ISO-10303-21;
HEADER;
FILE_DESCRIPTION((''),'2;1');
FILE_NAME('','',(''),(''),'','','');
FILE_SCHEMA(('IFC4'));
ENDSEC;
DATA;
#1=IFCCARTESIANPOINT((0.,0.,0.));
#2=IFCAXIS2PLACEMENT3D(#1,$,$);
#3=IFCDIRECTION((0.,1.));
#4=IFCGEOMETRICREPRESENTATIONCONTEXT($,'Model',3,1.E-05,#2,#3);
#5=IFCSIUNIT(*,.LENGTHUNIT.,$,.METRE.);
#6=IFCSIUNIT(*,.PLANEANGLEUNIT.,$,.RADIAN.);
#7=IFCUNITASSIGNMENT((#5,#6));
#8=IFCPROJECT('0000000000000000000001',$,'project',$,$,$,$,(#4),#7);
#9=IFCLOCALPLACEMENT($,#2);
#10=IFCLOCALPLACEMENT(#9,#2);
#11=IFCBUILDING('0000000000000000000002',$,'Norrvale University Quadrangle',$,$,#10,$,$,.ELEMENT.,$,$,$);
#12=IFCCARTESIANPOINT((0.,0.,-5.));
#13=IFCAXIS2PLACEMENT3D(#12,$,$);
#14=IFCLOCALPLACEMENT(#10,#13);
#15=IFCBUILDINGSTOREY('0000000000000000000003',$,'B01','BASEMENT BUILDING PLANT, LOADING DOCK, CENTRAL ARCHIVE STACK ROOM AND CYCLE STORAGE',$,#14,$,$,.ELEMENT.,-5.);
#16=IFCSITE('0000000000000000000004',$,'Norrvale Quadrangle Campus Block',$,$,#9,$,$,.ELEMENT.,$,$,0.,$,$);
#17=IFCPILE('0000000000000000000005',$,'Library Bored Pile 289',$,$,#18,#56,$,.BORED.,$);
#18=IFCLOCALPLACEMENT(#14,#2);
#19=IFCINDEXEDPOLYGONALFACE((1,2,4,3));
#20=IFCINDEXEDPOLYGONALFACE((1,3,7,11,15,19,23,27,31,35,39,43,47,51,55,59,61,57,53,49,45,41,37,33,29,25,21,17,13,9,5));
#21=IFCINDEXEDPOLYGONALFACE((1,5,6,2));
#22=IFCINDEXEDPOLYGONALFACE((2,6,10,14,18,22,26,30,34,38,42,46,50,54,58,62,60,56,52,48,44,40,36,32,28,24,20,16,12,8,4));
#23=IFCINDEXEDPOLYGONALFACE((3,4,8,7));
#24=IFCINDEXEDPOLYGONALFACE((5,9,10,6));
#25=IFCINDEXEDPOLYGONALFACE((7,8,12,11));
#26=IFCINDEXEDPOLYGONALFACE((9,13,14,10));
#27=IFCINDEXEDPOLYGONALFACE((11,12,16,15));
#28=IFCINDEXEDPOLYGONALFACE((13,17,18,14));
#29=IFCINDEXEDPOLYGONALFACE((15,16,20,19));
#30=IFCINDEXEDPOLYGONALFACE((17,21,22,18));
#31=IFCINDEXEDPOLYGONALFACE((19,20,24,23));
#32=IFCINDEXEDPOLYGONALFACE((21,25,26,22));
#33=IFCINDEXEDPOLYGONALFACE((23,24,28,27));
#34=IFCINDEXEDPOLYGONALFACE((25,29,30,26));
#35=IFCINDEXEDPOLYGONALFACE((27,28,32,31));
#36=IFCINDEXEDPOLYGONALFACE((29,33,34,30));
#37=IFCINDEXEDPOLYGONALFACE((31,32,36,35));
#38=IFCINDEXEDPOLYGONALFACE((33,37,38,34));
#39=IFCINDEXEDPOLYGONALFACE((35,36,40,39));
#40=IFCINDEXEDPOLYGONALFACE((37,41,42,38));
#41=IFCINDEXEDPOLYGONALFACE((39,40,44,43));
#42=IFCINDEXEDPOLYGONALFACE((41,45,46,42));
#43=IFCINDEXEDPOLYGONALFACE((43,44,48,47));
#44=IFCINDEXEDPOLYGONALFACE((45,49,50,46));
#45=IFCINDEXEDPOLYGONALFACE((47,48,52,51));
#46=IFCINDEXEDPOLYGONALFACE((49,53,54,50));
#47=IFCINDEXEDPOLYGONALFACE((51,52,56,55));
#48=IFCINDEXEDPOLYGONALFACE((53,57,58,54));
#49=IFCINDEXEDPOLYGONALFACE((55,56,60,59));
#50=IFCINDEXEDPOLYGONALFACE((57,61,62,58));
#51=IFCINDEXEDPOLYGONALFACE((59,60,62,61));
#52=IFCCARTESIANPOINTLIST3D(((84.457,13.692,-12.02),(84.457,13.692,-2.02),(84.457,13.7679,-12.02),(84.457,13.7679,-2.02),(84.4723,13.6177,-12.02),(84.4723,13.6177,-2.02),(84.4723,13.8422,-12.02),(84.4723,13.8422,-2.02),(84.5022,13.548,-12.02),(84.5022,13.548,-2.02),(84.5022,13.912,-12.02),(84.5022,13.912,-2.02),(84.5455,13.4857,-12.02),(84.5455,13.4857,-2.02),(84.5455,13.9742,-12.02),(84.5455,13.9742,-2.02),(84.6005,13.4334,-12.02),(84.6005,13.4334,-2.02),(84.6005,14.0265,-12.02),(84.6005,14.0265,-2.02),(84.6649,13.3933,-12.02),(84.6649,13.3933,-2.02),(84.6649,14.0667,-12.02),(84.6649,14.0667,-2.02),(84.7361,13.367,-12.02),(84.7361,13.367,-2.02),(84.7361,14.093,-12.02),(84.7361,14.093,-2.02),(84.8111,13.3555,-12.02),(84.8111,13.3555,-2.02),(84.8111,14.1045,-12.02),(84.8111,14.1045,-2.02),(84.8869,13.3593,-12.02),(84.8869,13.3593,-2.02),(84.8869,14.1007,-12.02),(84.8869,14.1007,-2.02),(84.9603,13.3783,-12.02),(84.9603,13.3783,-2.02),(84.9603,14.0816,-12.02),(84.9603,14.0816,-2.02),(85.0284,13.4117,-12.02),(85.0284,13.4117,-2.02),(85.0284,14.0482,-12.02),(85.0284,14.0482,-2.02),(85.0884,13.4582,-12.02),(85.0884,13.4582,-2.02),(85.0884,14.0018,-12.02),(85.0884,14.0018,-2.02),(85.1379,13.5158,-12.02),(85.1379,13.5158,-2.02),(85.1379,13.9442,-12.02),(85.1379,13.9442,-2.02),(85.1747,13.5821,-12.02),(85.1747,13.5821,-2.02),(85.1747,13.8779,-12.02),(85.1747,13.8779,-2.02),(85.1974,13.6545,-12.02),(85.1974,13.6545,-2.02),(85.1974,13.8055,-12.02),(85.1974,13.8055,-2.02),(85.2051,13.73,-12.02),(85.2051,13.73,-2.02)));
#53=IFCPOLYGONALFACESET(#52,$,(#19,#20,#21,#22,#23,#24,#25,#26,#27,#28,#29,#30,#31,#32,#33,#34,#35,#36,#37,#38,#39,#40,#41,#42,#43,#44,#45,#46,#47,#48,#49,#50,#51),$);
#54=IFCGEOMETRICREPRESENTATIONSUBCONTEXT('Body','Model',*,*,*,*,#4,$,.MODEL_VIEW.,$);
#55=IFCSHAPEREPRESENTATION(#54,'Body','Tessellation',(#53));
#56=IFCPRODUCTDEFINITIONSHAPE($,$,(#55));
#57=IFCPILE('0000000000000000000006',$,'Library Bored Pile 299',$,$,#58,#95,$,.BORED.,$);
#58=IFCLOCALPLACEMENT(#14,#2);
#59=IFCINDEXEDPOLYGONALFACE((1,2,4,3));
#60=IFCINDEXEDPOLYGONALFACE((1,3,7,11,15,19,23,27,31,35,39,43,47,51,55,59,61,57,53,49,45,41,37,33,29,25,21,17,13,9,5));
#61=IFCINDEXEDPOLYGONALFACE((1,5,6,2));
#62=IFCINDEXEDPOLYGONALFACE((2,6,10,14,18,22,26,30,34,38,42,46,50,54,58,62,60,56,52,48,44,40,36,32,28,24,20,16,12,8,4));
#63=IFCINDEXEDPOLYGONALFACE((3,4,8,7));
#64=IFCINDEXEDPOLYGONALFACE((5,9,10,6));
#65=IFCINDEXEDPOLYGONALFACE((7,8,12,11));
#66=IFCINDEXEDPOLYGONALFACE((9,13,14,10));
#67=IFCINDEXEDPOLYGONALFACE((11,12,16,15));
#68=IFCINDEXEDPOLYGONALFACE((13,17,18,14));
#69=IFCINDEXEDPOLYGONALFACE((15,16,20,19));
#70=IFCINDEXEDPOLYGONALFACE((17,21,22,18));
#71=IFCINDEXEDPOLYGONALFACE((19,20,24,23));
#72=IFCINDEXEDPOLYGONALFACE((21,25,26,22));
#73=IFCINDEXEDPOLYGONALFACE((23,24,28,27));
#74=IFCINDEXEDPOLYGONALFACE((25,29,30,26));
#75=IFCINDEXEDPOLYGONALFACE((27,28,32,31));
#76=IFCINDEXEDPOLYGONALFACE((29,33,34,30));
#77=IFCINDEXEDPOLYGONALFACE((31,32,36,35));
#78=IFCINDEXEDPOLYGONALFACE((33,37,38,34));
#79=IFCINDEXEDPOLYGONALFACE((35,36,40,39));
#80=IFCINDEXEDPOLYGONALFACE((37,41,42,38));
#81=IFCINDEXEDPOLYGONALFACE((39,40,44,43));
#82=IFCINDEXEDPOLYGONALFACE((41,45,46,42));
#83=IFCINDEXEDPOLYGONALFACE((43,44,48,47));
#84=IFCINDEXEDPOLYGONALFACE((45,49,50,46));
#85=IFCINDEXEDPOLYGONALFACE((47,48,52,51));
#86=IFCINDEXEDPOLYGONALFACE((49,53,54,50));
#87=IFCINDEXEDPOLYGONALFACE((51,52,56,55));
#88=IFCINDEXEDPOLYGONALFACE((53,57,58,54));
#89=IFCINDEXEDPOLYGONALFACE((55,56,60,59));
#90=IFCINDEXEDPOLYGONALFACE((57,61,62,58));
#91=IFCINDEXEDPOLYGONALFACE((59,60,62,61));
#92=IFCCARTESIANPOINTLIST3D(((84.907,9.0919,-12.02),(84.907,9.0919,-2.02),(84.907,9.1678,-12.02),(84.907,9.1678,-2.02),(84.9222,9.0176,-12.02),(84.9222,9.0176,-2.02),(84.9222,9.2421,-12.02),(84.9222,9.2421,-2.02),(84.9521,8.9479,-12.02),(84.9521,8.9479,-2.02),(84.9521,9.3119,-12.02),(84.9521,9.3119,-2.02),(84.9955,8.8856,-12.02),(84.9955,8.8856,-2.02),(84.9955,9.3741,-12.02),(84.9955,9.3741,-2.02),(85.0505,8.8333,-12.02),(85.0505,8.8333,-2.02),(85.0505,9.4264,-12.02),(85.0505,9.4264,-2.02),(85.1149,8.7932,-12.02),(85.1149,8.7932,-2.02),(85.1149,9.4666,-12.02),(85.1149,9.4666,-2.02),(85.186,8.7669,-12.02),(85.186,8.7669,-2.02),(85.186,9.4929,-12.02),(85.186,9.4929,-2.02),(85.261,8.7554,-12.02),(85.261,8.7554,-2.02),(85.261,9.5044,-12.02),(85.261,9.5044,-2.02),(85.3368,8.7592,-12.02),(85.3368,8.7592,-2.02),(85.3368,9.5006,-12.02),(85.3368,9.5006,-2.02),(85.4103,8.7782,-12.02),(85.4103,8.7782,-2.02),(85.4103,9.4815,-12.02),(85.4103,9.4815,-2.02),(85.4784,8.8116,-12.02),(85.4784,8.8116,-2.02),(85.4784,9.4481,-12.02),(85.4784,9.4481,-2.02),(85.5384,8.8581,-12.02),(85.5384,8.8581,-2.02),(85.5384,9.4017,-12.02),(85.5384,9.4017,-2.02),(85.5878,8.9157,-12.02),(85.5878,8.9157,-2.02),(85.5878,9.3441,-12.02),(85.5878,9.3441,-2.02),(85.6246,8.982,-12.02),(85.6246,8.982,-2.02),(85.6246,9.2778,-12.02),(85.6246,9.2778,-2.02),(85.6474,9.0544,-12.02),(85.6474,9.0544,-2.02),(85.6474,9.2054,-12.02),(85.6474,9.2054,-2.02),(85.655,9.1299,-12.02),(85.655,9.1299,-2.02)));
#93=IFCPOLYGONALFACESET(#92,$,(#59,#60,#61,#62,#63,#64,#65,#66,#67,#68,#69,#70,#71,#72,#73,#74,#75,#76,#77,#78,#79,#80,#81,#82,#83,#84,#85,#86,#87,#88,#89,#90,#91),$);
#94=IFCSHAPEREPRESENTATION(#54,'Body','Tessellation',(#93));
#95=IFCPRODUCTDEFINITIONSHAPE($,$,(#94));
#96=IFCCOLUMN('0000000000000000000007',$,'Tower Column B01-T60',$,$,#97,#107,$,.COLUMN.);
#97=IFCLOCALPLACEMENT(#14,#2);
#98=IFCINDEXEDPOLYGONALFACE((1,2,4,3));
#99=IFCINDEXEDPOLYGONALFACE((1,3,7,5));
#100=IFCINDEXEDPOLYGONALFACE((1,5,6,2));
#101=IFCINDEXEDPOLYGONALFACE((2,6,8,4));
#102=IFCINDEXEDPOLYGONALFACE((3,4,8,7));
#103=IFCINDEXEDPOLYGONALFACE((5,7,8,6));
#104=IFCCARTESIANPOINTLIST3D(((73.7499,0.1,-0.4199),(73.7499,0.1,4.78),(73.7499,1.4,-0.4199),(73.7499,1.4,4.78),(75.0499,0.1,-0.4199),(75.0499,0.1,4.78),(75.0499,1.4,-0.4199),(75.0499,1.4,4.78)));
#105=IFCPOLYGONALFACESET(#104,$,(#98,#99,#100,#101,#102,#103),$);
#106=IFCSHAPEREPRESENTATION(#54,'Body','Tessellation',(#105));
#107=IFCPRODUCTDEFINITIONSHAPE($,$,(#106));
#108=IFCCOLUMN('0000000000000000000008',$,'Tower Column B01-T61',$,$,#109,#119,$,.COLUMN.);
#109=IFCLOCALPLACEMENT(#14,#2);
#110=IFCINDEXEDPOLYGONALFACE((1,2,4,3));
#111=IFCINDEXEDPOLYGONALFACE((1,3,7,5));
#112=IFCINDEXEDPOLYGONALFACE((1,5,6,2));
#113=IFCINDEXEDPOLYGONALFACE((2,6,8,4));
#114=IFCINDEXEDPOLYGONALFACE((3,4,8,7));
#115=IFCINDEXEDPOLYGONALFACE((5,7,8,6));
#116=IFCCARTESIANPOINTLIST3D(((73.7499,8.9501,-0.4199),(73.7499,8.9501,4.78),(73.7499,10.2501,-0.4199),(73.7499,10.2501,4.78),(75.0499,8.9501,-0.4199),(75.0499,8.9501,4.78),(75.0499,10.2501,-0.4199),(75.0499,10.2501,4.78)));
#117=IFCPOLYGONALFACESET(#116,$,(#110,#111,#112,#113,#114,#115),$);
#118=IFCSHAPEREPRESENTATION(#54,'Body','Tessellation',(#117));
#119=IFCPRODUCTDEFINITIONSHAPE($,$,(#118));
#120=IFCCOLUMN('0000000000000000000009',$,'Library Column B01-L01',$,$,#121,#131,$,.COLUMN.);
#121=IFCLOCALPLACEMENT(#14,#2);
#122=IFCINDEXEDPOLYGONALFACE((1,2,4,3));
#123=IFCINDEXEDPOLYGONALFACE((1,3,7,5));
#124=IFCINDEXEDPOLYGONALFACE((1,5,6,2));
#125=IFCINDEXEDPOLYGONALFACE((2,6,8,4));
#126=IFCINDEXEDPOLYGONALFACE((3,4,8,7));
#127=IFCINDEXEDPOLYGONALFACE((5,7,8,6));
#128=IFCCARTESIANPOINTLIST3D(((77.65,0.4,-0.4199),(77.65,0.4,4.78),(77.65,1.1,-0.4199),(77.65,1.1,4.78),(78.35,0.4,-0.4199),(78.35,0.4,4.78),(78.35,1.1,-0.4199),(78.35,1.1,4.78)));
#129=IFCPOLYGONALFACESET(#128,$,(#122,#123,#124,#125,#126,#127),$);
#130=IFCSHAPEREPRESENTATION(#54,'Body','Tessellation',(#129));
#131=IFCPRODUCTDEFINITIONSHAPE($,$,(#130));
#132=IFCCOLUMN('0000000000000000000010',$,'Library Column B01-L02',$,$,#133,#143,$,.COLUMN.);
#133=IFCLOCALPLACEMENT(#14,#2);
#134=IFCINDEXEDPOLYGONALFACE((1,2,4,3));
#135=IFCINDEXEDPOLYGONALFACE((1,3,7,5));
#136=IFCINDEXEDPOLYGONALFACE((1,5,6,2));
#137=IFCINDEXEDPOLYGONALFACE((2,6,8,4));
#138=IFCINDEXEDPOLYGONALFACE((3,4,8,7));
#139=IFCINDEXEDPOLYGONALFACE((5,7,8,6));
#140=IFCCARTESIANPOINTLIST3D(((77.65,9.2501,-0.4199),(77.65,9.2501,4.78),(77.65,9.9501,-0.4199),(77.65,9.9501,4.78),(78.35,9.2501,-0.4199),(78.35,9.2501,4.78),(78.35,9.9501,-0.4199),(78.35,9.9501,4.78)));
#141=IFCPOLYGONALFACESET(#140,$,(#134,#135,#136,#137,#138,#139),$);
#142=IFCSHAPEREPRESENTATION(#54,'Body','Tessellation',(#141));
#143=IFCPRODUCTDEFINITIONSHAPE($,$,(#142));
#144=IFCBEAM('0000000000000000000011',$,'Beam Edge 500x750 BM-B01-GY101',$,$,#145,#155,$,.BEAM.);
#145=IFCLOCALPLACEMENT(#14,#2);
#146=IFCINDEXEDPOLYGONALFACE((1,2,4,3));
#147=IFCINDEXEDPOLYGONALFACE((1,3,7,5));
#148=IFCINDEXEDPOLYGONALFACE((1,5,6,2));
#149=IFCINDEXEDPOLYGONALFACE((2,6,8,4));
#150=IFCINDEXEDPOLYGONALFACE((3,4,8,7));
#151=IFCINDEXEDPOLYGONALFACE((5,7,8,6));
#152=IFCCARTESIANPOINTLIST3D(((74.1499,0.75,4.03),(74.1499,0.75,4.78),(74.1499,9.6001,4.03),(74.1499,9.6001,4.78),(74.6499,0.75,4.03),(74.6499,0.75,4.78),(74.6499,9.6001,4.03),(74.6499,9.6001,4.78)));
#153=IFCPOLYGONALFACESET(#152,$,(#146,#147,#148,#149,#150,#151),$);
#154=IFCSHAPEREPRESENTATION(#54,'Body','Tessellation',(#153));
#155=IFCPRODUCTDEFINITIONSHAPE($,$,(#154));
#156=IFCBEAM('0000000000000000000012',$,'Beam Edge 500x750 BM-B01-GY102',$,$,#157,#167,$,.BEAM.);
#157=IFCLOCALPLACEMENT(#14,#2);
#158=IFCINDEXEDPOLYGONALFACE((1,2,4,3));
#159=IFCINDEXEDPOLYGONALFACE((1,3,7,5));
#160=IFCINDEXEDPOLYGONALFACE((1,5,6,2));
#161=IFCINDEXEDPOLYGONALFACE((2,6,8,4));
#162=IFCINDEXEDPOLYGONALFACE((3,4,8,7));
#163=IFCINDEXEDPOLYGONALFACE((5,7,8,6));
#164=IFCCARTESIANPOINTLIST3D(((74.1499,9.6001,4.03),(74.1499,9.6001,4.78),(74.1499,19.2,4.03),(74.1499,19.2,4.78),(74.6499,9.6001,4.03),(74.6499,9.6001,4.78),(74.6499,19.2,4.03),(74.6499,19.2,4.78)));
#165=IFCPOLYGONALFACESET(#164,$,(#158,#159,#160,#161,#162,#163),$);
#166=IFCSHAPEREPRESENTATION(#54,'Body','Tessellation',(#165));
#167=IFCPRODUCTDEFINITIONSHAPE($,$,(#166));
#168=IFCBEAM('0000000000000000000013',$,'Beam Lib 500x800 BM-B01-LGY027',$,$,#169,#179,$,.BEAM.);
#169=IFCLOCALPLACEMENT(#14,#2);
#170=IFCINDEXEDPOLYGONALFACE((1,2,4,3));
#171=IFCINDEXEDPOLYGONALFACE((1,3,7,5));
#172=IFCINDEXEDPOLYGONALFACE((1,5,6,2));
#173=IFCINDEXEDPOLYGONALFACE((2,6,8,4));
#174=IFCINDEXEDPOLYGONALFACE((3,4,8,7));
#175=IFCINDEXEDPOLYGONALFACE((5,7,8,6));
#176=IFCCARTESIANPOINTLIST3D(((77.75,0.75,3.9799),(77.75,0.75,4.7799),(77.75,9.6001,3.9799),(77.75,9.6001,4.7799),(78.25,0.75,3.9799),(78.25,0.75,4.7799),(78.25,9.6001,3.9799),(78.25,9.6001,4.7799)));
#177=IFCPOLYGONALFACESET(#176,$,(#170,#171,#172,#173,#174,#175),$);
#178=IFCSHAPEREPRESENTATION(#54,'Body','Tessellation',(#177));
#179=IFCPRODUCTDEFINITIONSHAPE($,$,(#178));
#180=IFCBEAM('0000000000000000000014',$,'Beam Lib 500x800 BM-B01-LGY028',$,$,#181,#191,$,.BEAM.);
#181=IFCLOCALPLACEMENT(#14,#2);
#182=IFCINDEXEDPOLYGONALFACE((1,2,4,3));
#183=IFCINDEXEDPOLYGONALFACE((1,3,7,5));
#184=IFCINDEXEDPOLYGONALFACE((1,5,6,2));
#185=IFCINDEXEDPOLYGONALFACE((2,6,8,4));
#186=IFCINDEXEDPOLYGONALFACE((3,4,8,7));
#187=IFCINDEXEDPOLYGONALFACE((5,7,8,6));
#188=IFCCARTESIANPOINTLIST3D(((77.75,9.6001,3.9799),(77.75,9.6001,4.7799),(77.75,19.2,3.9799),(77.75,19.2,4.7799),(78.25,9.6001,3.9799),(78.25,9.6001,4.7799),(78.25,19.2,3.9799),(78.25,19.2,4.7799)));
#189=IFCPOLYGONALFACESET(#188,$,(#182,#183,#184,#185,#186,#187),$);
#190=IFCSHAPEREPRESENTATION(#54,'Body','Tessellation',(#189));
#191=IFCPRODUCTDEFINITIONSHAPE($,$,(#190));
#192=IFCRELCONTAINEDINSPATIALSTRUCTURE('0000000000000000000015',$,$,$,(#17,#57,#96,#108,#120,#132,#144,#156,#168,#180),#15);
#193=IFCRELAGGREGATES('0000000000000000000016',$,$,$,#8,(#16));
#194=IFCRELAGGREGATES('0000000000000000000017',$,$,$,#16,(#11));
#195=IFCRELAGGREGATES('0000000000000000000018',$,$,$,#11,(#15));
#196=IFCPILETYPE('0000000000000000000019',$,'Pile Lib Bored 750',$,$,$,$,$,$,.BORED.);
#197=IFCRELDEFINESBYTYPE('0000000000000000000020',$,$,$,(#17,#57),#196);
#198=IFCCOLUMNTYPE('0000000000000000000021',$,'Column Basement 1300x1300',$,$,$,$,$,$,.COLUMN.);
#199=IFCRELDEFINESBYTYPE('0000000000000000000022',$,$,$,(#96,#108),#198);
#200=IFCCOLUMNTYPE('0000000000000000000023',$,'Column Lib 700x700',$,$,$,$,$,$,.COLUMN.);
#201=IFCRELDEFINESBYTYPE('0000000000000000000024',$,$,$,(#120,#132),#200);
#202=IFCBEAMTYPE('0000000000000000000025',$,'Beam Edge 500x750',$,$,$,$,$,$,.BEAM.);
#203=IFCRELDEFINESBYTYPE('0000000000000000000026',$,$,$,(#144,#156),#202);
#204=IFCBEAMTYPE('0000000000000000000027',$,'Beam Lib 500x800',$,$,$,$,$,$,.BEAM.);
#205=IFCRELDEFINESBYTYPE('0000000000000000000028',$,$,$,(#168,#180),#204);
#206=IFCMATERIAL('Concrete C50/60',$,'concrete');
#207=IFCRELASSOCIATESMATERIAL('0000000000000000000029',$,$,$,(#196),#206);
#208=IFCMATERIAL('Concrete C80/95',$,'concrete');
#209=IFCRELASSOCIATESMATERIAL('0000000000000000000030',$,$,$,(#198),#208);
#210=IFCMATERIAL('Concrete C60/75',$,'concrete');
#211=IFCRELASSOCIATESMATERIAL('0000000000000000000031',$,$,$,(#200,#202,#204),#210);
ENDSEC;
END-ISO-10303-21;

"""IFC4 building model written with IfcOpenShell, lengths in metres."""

from ifc_helpers import new_model, si_unit, direction, frame, origin, origin_2d, place, context, subcontext, project, spatial, rectangle, circle, extrude, material, material_profile, profile_set, type_object, element, save


model = new_model("IFC4")

# Units and contexts
model_context = context("Model", 3, precision=1e-05, world=origin(), true_north=direction((0.0, 1.0)))
body_context = subcontext(model_context, "Body", "Model", "MODEL_VIEW")
ifc_project = project(units=[si_unit("LENGTHUNIT", "METRE"), si_unit("PLANEANGLEUNIT", "RADIAN")], contexts=[model_context])

# Site, building, storey
site_placement = place(None, origin())
site = spatial("IfcSite", under=ifc_project, at=site_placement, Name="Norrvale Quadrangle Campus Block", CompositionType="ELEMENT", RefElevation=0.0)
building_placement = place(site_placement, origin())
building = spatial("IfcBuilding", under=site, at=building_placement, Name="Norrvale University Quadrangle", CompositionType="ELEMENT")
storey_placement = place(building_placement, frame((0.0, 0.0, -5.0)))
storey = spatial("IfcBuildingStorey", under=building, at=storey_placement, Name="B01", Description="BASEMENT BUILDING PLANT, LOADING DOCK, CENTRAL ARCHIVE STACK ROOM AND CYCLE STORAGE", CompositionType="ELEMENT", Elevation=-5.0)

# Shared definitions
ifc_material_1 = material(Name="Concrete C50/60", Category="concrete")

# Piles
ifc_material_profile_1 = material_profile(ifc_material_1, circle(Radius=0.375, at=origin_2d()), Name="Concrete C50/60")
ifc_profile_set_1 = profile_set([ifc_material_profile_1], Name="Concrete C50/60")
pile_type_1 = type_object("IfcPileType", Name="Pile Lib Bored 750", PredefinedType="BORED", material=ifc_profile_set_1)
for number, where, z_axis, x_axis, name in (
    (1, (84.8301, 13.73, -2.02), (0.0, 0.0, -1.0), (1.0, 0.0, 0.0), "Library Bored Pile 289"),
    (2, (85.28, 9.1299, -2.02), (0.0, 0.0, -1.0), (1.0, 0.0, 0.0), "Library Bored Pile 299"),
):
    element("IfcPile", number, at=place(storey_placement, frame(where, z_axis=z_axis, x_axis=x_axis)), inside=storey, type_object=pile_type_1, Name=name, PredefinedType="BORED", context=body_context, shape_type="SweptSolid", body=[
        extrude(circle(Radius=0.375, at=origin_2d()), origin(), (0.0, 0.0, 1.0), 10.0),
    ])

# Columns
ifc_material_2 = material(Name="Concrete C80/95", Category="concrete")
ifc_material_profile_2 = material_profile(ifc_material_2, rectangle(XDim=1.3, YDim=1.3, at=origin_2d()), Name="Concrete C80/95")
ifc_profile_set_2 = profile_set([ifc_material_profile_2], Name="Concrete C80/95")
column_type_1 = type_object("IfcColumnType", Name="Column Basement 1300x1300", PredefinedType="COLUMN", material=ifc_profile_set_2)
for number, where, z_axis, x_axis, name in (
    (3, (74.3999, 0.75, -0.4199), (0.0, 0.0, 1.0), (1.0, 0.0, 0.0), "Tower Column B01-T60"),
    (4, (74.3999, 9.6001, -0.4199), (0.0, 0.0, 1.0), (1.0, 0.0, 0.0), "Tower Column B01-T61"),
):
    element("IfcColumn", number, at=place(storey_placement, frame(where, z_axis=z_axis, x_axis=x_axis)), inside=storey, type_object=column_type_1, Name=name, PredefinedType="COLUMN", context=body_context, shape_type="SweptSolid", body=[
        extrude(rectangle(XDim=1.3, YDim=1.3, at=origin_2d()), origin(), (0.0, 0.0, 1.0), 5.2),
    ])
ifc_material_3 = material(Name="Concrete C60/75", Category="concrete")
ifc_material_profile_3 = material_profile(ifc_material_3, rectangle(XDim=0.7, YDim=0.7, at=origin_2d()), Name="Concrete C60/75")
ifc_profile_set_3 = profile_set([ifc_material_profile_3], Name="Concrete C60/75")
column_type_2 = type_object("IfcColumnType", Name="Column Lib 700x700", PredefinedType="COLUMN", material=ifc_profile_set_3)
for number, where, z_axis, x_axis, name in (
    (5, (78.0, 0.75, -0.4199), (0.0, 0.0, 1.0), (1.0, 0.0, 0.0), "Library Column B01-L01"),
    (6, (78.0, 9.6001, -0.4199), (0.0, 0.0, 1.0), (1.0, 0.0, 0.0), "Library Column B01-L02"),
):
    element("IfcColumn", number, at=place(storey_placement, frame(where, z_axis=z_axis, x_axis=x_axis)), inside=storey, type_object=column_type_2, Name=name, PredefinedType="COLUMN", context=body_context, shape_type="SweptSolid", body=[
        extrude(rectangle(XDim=0.7, YDim=0.7, at=origin_2d()), origin(), (0.0, 0.0, 1.0), 5.2),
    ])

# Beams
ifc_material_profile_4 = material_profile(ifc_material_3, rectangle(XDim=0.5, YDim=0.75, at=origin_2d()), Name="Concrete C60/75")
ifc_profile_set_4 = profile_set([ifc_material_profile_4], Name="Concrete C60/75")
beam_type_1 = type_object("IfcBeamType", Name="Beam Edge 500x750", PredefinedType="BEAM", material=ifc_profile_set_4)
beam_1_placement = place(storey_placement, frame((74.3999, 0.75, 4.405), z_axis=(0.0, 1.0, 0.0), x_axis=(-1.0, 0.0, 0.0)))
element("IfcBeam", 7, at=beam_1_placement, inside=storey, type_object=beam_type_1, Name="Beam Edge 500x750 BM-B01-GY101", PredefinedType="BEAM", context=body_context, shape_type="SweptSolid", body=[
    extrude(rectangle(XDim=0.5, YDim=0.75, at=origin_2d()), origin(), (0.0, 0.0, 1.0), 8.8501),
])
beam_2_placement = place(storey_placement, frame((74.3999, 9.6001, 4.405), z_axis=(0.0, 1.0, 0.0), x_axis=(-1.0, 0.0, 0.0)))
element("IfcBeam", 8, at=beam_2_placement, inside=storey, type_object=beam_type_1, Name="Beam Edge 500x750 BM-B01-GY102", PredefinedType="BEAM", context=body_context, shape_type="SweptSolid", body=[
    extrude(rectangle(XDim=0.5, YDim=0.75, at=origin_2d()), origin(), (0.0, 0.0, 1.0), 9.5999),
])
ifc_material_profile_5 = material_profile(ifc_material_3, rectangle(XDim=0.5, YDim=0.8, at=origin_2d()), Name="Concrete C60/75")
ifc_profile_set_5 = profile_set([ifc_material_profile_5], Name="Concrete C60/75")
beam_type_2 = type_object("IfcBeamType", Name="Beam Lib 500x800", PredefinedType="BEAM", material=ifc_profile_set_5)
beam_3_placement = place(storey_placement, frame((78.0, 0.75, 4.3799), z_axis=(0.0, 1.0, 0.0), x_axis=(-1.0, 0.0, 0.0)))
element("IfcBeam", 9, at=beam_3_placement, inside=storey, type_object=beam_type_2, Name="Beam Lib 500x800 BM-B01-LGY027", PredefinedType="BEAM", context=body_context, shape_type="SweptSolid", body=[
    extrude(rectangle(XDim=0.5, YDim=0.8, at=origin_2d()), origin(), (0.0, 0.0, 1.0), 8.8501),
])
beam_4_placement = place(storey_placement, frame((78.0, 9.6001, 4.3799), z_axis=(0.0, 1.0, 0.0), x_axis=(-1.0, 0.0, 0.0)))
element("IfcBeam", 10, at=beam_4_placement, inside=storey, type_object=beam_type_2, Name="Beam Lib 500x800 BM-B01-LGY028", PredefinedType="BEAM", context=body_context, shape_type="SweptSolid", body=[
    extrude(rectangle(XDim=0.5, YDim=0.8, at=origin_2d()), origin(), (0.0, 0.0, 1.0), 9.5999),
])

save(model, "model.ifc")
